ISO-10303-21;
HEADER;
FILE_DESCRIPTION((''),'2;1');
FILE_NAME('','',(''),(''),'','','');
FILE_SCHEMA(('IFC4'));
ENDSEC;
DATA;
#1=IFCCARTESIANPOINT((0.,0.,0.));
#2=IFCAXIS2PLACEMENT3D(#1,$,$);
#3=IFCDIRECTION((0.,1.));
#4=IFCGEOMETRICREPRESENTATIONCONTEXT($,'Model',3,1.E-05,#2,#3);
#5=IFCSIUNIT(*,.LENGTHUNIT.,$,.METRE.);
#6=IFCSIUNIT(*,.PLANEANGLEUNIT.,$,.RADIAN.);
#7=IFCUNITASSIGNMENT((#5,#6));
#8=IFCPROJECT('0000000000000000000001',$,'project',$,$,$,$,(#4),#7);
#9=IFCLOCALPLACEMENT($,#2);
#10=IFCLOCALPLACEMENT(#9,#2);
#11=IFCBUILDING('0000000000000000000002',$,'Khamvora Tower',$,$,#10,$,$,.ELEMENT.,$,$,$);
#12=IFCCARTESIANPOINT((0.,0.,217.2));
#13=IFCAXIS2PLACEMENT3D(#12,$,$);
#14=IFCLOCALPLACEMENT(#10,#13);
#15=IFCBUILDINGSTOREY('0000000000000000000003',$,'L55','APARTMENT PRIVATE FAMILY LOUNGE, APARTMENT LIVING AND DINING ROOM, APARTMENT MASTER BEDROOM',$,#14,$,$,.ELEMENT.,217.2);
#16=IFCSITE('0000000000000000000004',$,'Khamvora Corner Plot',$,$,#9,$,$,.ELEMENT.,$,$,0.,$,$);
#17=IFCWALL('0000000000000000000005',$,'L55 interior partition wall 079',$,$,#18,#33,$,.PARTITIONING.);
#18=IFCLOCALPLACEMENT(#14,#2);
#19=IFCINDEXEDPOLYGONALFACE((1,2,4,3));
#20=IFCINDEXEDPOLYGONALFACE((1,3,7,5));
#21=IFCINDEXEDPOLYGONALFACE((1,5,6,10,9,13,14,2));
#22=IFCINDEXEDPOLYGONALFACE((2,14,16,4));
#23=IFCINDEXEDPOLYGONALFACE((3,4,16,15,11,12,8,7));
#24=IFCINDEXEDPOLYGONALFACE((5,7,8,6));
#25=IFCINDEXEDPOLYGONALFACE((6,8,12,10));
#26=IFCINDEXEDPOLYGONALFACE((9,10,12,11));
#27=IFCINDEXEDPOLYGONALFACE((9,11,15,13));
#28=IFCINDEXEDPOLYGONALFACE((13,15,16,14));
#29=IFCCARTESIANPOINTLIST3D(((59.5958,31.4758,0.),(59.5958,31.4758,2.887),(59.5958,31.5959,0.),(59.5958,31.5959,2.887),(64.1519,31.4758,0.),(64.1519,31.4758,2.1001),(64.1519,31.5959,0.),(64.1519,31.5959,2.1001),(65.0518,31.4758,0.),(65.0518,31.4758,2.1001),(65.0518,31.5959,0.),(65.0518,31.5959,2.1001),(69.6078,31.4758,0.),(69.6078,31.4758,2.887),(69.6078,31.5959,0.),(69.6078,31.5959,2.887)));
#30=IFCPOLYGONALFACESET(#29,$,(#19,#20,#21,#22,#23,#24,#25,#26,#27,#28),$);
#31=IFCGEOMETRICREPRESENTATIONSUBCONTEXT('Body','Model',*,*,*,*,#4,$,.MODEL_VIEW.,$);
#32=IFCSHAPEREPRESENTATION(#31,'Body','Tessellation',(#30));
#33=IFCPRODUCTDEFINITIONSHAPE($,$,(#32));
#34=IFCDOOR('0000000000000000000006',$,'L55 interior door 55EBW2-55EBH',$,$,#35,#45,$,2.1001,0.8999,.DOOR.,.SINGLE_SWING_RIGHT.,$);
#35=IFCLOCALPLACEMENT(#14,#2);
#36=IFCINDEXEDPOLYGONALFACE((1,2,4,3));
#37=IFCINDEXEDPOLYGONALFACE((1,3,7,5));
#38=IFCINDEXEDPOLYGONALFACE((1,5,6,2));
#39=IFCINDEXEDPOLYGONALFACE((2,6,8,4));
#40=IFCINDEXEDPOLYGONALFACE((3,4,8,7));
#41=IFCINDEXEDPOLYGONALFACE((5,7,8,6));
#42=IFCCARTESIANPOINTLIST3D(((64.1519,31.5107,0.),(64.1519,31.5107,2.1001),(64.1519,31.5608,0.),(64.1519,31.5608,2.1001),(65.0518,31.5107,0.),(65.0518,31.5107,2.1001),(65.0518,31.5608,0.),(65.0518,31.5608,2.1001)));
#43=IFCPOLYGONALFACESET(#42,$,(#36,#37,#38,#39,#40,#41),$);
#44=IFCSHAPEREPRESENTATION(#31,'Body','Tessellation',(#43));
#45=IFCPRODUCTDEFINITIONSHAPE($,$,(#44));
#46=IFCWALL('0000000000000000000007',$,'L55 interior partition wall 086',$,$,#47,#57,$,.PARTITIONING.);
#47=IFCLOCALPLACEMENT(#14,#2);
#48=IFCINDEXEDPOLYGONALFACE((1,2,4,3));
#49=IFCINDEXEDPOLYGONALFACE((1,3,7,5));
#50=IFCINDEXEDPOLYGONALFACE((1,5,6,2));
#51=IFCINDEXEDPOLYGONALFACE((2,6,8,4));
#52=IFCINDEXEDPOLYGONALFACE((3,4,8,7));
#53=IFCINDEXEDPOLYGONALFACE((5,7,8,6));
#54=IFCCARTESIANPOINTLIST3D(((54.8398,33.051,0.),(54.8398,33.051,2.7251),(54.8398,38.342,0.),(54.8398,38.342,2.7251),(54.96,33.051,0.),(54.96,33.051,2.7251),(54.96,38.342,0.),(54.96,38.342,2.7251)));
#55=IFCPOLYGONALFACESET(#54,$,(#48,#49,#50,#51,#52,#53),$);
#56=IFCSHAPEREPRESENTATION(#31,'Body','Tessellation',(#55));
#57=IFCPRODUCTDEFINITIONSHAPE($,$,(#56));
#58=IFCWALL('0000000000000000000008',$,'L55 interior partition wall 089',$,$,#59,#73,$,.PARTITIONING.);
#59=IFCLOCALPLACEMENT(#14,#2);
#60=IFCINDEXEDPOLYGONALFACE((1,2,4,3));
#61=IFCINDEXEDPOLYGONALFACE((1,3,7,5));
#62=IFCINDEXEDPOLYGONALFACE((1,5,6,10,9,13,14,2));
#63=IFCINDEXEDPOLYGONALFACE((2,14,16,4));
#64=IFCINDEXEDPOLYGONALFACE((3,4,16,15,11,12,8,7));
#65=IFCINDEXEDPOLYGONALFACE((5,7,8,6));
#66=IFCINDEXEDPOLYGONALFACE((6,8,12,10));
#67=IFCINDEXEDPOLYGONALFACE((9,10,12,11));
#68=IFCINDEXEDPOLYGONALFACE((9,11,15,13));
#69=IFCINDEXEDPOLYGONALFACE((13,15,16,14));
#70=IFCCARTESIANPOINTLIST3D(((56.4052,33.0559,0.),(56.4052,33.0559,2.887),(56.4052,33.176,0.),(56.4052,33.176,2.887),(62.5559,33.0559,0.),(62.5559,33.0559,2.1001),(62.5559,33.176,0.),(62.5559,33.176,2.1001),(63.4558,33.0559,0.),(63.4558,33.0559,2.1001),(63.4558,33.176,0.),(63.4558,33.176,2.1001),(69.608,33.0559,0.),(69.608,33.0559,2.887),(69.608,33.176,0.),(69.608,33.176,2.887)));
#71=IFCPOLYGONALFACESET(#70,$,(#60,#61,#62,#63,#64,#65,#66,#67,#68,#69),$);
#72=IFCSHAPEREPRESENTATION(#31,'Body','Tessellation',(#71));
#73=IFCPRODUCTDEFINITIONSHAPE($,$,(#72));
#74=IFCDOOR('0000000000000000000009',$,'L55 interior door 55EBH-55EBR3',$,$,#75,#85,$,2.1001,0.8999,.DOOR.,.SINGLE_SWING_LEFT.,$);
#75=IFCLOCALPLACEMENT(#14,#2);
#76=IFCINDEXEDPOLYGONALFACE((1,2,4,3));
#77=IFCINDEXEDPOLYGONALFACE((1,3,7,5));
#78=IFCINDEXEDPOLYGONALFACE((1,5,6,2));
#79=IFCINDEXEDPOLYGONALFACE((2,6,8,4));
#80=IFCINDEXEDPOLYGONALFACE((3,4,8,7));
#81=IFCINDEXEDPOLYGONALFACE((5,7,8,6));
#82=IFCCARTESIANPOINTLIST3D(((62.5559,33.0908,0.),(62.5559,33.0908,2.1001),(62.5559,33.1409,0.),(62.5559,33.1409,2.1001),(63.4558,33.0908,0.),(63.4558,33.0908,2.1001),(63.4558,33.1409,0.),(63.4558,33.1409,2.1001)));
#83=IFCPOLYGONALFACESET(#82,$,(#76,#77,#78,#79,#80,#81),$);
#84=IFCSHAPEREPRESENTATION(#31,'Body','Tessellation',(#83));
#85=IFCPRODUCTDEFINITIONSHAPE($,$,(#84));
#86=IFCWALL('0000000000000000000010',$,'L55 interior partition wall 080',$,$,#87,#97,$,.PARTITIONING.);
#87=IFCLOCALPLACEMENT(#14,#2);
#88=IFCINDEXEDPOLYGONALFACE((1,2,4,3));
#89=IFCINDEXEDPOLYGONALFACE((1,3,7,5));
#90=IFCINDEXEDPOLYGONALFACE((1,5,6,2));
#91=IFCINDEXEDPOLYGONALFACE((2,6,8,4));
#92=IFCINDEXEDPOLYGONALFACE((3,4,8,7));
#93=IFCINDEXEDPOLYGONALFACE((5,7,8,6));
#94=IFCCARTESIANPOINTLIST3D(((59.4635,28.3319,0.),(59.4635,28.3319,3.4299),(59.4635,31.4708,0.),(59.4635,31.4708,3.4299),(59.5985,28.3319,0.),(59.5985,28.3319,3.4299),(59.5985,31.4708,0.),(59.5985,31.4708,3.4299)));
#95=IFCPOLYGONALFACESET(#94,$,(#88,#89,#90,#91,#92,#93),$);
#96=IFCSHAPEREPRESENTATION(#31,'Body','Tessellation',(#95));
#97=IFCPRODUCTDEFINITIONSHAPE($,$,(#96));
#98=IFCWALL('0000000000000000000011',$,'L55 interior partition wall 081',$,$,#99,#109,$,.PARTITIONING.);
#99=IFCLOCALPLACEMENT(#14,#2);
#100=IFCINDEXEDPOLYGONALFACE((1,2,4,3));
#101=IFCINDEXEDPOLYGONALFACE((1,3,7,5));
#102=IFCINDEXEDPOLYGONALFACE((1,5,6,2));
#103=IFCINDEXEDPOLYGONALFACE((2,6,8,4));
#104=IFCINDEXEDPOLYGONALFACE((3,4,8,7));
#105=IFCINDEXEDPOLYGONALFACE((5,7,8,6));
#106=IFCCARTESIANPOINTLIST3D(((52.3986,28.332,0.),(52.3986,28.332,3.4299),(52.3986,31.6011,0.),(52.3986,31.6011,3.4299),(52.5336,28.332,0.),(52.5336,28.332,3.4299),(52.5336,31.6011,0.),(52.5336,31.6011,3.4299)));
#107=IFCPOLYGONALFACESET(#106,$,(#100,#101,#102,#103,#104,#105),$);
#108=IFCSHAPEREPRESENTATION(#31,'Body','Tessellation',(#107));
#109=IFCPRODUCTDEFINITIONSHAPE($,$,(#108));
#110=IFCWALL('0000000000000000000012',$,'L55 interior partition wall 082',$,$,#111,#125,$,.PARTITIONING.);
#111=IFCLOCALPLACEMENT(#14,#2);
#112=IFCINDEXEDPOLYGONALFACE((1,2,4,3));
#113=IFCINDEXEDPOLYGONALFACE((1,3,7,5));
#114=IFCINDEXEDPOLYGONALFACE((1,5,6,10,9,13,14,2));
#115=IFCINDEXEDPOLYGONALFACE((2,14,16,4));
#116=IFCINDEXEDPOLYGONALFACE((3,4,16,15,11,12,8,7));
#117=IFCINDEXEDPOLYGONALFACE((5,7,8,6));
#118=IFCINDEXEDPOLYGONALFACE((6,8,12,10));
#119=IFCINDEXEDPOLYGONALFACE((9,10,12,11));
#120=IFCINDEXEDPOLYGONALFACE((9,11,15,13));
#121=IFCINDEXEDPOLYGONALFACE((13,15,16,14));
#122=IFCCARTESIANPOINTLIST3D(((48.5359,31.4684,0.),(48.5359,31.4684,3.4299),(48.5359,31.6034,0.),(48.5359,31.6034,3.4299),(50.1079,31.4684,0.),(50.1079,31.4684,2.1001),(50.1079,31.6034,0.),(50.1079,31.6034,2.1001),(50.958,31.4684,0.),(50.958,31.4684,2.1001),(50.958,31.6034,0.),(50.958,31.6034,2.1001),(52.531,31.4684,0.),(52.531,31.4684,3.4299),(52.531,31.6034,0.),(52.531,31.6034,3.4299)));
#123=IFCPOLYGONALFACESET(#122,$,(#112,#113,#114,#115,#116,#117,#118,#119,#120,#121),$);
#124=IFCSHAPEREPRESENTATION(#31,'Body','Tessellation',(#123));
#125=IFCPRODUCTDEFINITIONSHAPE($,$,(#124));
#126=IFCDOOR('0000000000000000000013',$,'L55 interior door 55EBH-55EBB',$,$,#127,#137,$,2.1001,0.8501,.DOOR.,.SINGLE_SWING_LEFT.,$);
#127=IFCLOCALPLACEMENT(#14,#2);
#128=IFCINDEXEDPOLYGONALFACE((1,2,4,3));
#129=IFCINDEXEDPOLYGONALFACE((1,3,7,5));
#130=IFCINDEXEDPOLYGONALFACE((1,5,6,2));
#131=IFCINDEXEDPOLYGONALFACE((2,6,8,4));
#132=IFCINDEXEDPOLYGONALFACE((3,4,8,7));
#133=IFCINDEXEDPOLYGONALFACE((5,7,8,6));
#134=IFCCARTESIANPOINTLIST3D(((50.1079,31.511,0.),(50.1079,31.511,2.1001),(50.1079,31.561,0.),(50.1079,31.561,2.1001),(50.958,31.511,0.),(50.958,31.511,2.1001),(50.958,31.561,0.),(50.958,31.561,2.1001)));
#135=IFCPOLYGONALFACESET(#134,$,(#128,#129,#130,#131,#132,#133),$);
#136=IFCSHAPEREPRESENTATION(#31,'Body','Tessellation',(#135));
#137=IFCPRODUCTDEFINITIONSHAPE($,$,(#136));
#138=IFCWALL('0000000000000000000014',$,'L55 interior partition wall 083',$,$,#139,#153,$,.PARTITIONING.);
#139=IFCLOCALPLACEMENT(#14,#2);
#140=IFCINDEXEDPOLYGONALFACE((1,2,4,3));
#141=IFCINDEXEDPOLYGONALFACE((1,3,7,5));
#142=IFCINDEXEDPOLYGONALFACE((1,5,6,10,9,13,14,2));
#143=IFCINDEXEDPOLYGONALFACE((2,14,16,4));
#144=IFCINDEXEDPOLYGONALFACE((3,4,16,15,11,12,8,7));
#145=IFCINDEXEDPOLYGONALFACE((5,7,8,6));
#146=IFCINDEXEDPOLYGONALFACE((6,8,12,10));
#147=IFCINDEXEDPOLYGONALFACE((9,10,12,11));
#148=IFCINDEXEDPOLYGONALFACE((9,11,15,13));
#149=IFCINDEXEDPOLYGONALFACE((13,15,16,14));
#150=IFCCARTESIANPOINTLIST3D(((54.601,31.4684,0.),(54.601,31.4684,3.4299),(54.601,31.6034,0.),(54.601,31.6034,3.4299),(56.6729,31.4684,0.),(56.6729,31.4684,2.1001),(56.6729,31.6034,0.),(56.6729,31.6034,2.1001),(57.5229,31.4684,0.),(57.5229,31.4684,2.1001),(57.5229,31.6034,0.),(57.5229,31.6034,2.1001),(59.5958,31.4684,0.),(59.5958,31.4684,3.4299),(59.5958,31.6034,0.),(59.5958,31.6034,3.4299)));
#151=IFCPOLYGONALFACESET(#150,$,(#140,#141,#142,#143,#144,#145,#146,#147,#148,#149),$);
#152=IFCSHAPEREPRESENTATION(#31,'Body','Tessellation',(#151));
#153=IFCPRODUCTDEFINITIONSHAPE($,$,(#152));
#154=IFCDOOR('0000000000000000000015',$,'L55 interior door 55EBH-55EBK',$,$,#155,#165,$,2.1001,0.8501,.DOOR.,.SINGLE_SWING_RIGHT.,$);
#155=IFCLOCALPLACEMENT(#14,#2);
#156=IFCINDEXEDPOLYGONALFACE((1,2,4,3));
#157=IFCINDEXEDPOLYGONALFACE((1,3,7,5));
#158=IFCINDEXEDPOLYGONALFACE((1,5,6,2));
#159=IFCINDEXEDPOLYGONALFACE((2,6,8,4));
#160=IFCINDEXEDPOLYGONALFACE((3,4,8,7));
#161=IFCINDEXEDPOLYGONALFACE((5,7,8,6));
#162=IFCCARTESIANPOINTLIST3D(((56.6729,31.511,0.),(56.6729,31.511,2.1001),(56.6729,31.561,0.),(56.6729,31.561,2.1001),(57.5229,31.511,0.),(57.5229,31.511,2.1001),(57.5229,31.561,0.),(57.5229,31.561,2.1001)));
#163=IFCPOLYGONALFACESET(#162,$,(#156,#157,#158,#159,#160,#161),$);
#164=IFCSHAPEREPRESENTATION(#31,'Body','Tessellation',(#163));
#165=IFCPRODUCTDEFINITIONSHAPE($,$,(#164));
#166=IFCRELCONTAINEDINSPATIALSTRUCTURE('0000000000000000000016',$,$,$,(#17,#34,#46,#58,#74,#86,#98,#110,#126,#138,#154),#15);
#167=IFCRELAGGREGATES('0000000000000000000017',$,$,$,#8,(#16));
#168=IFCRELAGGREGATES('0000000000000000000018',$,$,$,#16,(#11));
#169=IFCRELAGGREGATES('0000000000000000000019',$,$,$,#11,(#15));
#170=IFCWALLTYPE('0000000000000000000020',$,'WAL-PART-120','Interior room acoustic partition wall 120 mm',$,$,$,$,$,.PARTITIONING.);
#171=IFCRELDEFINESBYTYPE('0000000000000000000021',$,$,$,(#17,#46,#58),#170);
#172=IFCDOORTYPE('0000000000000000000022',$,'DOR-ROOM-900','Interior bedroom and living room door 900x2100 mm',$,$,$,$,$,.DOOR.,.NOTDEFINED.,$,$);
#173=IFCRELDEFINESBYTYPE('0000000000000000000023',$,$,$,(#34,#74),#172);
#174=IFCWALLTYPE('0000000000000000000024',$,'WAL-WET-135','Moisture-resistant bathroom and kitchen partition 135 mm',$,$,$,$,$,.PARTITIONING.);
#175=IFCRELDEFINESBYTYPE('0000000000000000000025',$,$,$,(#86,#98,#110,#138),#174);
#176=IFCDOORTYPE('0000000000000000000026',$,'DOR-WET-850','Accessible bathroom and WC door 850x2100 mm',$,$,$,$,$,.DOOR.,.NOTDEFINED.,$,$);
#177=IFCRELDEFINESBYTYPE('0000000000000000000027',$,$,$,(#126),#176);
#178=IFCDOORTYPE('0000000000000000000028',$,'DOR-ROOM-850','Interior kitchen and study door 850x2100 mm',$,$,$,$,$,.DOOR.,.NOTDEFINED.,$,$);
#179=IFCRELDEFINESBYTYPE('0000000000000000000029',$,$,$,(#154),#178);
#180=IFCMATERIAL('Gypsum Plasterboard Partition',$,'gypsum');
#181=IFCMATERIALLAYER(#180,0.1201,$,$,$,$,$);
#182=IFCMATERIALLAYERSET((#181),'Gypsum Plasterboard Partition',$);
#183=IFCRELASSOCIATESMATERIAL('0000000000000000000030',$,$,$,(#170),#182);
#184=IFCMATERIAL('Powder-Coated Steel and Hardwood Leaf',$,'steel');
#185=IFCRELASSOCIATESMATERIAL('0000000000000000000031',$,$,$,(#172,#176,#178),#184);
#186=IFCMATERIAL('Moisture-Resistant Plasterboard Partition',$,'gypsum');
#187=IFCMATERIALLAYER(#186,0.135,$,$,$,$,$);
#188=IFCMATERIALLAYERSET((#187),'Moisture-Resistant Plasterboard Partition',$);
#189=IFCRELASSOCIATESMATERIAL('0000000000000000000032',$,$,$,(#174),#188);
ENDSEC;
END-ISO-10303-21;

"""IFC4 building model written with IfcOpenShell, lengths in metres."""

from ifc_helpers import new_model, si_unit, direction, frame, frame_2d, origin, place, context, subcontext, project, spatial, rectangle, extrude, material, layer, layer_set, type_object, element, fill, save


model = new_model("IFC4")

# Units and contexts
model_context = context("Model", 3, precision=1e-05, world=origin(), true_north=direction((0.0, 1.0)))
body_context = subcontext(model_context, "Body", "Model", "MODEL_VIEW")
ifc_project = project(units=[si_unit("LENGTHUNIT", "METRE"), si_unit("PLANEANGLEUNIT", "RADIAN")], contexts=[model_context])

# Site, building, storey
site_placement = place(None, origin())
site = spatial("IfcSite", under=ifc_project, at=site_placement, Name="Khamvora Corner Plot", CompositionType="ELEMENT", RefElevation=0.0)
building_placement = place(site_placement, origin())
building = spatial("IfcBuilding", under=site, at=building_placement, Name="Khamvora Tower", CompositionType="ELEMENT")
storey_placement = place(building_placement, frame((0.0, 0.0, 217.2)))
storey = spatial("IfcBuildingStorey", under=building, at=storey_placement, Name="L55", Description="APARTMENT PRIVATE FAMILY LOUNGE, APARTMENT LIVING AND DINING ROOM, APARTMENT MASTER BEDROOM", CompositionType="ELEMENT", Elevation=217.2)

# Shared definitions
ifc_material_1 = material(Name="Powder-Coated Steel and Hardwood Leaf", Category="steel")

# Wall, opening, door
ifc_material_2 = material(Name="Gypsum Plasterboard Partition", Category="gypsum")
ifc_layer_1 = layer(ifc_material_2, 0.1201)
ifc_layer_set_1 = layer_set([ifc_layer_1], Name="Gypsum Plasterboard Partition")
wall_type_1 = type_object("IfcWallType", Name="WAL-PART-120", Description="Interior room acoustic partition wall 120 mm", PredefinedType="PARTITIONING", material=ifc_layer_set_1)
wall_1_placement = place(storey_placement, frame((59.5959, 31.5359, 0.0), z_axis=(0.0, 0.0, 1.0), x_axis=(1.0, 0.0, 0.0)))
wall_1 = element("IfcWall", 1, at=wall_1_placement, inside=storey, type_object=wall_type_1, Name="L55 interior partition wall 079", PredefinedType="PARTITIONING", context=body_context, shape_type="SweptSolid", body=[
    extrude(rectangle(XDim=10.012, YDim=0.1201, at=frame_2d((5.0059, 0.0))), origin(), (0.0, 0.0, 1.0), 2.887),
])
opening_1_placement = place(wall_1_placement, frame((4.5559, 0.0, 0.0)))
opening_1 = element("IfcOpeningElement", 2, at=opening_1_placement, cuts=wall_1, PredefinedType="OPENING", context=body_context, shape_type="SweptSolid", body=[
    extrude(rectangle(XDim=0.8999, YDim=2.1001, at=frame_2d((0.45, 1.05))), frame((0.0, 0.0701, 0.0), z_axis=(0.0, -1.0, 0.0), x_axis=(1.0, 0.0, 0.0)), (0.0, 0.0, 1.0), 0.1401),
])
door_type_1 = type_object("IfcDoorType", Name="DOR-ROOM-900", Description="Interior bedroom and living room door 900x2100 mm", OperationType="NOTDEFINED", PredefinedType="DOOR", material=ifc_material_1)
door_1_placement = place(opening_1_placement, origin())
door_1 = element("IfcDoor", 3, at=door_1_placement, inside=storey, type_object=door_type_1, Name="L55 interior door 55EBW2-55EBH", OperationType="SINGLE_SWING_RIGHT", OverallHeight=2.1001, OverallWidth=0.8999, PredefinedType="DOOR", context=body_context, shape_type="SweptSolid", body=[
    extrude(rectangle(XDim=0.8999, YDim=2.1001, at=frame_2d((0.45, 1.05))), frame((0.0, 0.0249, 0.0), z_axis=(0.0, -1.0, 0.0), x_axis=(1.0, 0.0, 0.0)), (0.0, 0.0, 1.0), 0.05),
])
fill(opening_1, door_1)

# Wall
wall_2_placement = place(storey_placement, frame((54.8999, 33.051, 0.0), z_axis=(0.0, 0.0, 1.0), x_axis=(0.0, 1.0, 0.0)))
element("IfcWall", 4, at=wall_2_placement, inside=storey, type_object=wall_type_1, Name="L55 interior partition wall 086", PredefinedType="PARTITIONING", context=body_context, shape_type="SweptSolid", body=[
    extrude(rectangle(XDim=5.291, YDim=0.1201, at=frame_2d((2.6455, 0.0))), origin(), (0.0, 0.0, 1.0), 2.7251),
])

# Wall, opening, door
wall_3_placement = place(storey_placement, frame((56.405, 33.116, 0.0), z_axis=(0.0, 0.0, 1.0), x_axis=(1.0, 0.0, 0.0)))
wall_3 = element("IfcWall", 5, at=wall_3_placement, inside=storey, type_object=wall_type_1, Name="L55 interior partition wall 089", PredefinedType="PARTITIONING", context=body_context, shape_type="SweptSolid", body=[
    extrude(rectangle(XDim=13.2029, YDim=0.1201, at=frame_2d((6.6016, 0.0))), origin(), (0.0, 0.0, 1.0), 2.887),
])
opening_2_placement = place(wall_3_placement, frame((6.1509, 0.0, 0.0)))
opening_2 = element("IfcOpeningElement", 6, at=opening_2_placement, cuts=wall_3, PredefinedType="OPENING", context=body_context, shape_type="SweptSolid", body=[
    extrude(rectangle(XDim=0.8999, YDim=2.1001, at=frame_2d((0.45, 1.05))), frame((0.0, 0.0701, 0.0), z_axis=(0.0, -1.0, 0.0), x_axis=(1.0, 0.0, 0.0)), (0.0, 0.0, 1.0), 0.1401),
])
door_2_placement = place(opening_2_placement, origin())
door_2 = element("IfcDoor", 7, at=door_2_placement, inside=storey, type_object=door_type_1, Name="L55 interior door 55EBH-55EBR3", OperationType="SINGLE_SWING_LEFT", OverallHeight=2.1001, OverallWidth=0.8999, PredefinedType="DOOR", context=body_context, shape_type="SweptSolid", body=[
    extrude(rectangle(XDim=0.8999, YDim=2.1001, at=frame_2d((0.45, 1.05))), frame((0.0, 0.0249, 0.0), z_axis=(0.0, -1.0, 0.0), x_axis=(1.0, 0.0, 0.0)), (0.0, 0.0, 1.0), 0.05),
])
fill(opening_2, door_2)

# Walls
ifc_material_3 = material(Name="Moisture-Resistant Plasterboard Partition", Category="gypsum")
ifc_layer_2 = layer(ifc_material_3, 0.135)
ifc_layer_set_2 = layer_set([ifc_layer_2], Name="Moisture-Resistant Plasterboard Partition")
wall_type_2 = type_object("IfcWallType", Name="WAL-WET-135", Description="Moisture-resistant bathroom and kitchen partition 135 mm", PredefinedType="PARTITIONING", material=ifc_layer_set_2)
wall_4_placement = place(storey_placement, frame((59.531, 28.332, 0.0), z_axis=(0.0, 0.0, 1.0), x_axis=(0.0, 1.0, 0.0)))
element("IfcWall", 8, at=wall_4_placement, inside=storey, type_object=wall_type_2, Name="L55 interior partition wall 080", PredefinedType="PARTITIONING", context=body_context, shape_type="SweptSolid", body=[
    extrude(rectangle(XDim=3.1389, YDim=0.135, at=frame_2d((1.5693, 0.0))), origin(), (0.0, 0.0, 1.0), 3.4299),
])
wall_5_placement = place(storey_placement, frame((52.4661, 28.332, 0.0), z_axis=(0.0, 0.0, 1.0), x_axis=(0.0, 1.0, 0.0)))
element("IfcWall", 9, at=wall_5_placement, inside=storey, type_object=wall_type_2, Name="L55 interior partition wall 081", PredefinedType="PARTITIONING", context=body_context, shape_type="SweptSolid", body=[
    extrude(rectangle(XDim=3.269, YDim=0.135, at=frame_2d((1.6345, 0.0))), origin(), (0.0, 0.0, 1.0), 3.4299),
])

# Walls, openings, doors
wall_6_placement = place(storey_placement, frame((52.531, 31.5359, 0.0), z_axis=(0.0, 0.0, 1.0), x_axis=(-1.0, 0.0, 0.0)))
wall_6 = element("IfcWall", 10, at=wall_6_placement, inside=storey, type_object=wall_type_2, Name="L55 interior partition wall 082", PredefinedType="PARTITIONING", context=body_context, shape_type="SweptSolid", body=[
    extrude(rectangle(XDim=3.9951, YDim=0.135, at=frame_2d((1.9976, 0.0))), origin(), (0.0, 0.0, 1.0), 3.4299),
])
opening_3_placement = place(wall_6_placement, frame((1.573, 0.0, 0.0)))
opening_3 = element("IfcOpeningElement", 11, at=opening_3_placement, cuts=wall_6, PredefinedType="OPENING", context=body_context, shape_type="SweptSolid", body=[
    extrude(rectangle(XDim=0.8501, YDim=2.1001, at=frame_2d((0.425, 1.05))), frame((0.0, 0.0774, 0.0), z_axis=(0.0, -1.0, 0.0), x_axis=(1.0, 0.0, 0.0)), (0.0, 0.0, 1.0), 0.155),
])
door_type_2 = type_object("IfcDoorType", Name="DOR-WET-850", Description="Accessible bathroom and WC door 850x2100 mm", OperationType="NOTDEFINED", PredefinedType="DOOR", material=ifc_material_1)
door_3_placement = place(opening_3_placement, origin())
door_3 = element("IfcDoor", 12, at=door_3_placement, inside=storey, type_object=door_type_2, Name="L55 interior door 55EBH-55EBB", OperationType="SINGLE_SWING_LEFT", OverallHeight=2.1001, OverallWidth=0.8501, PredefinedType="DOOR", context=body_context, shape_type="SweptSolid", body=[
    extrude(rectangle(XDim=0.8501, YDim=2.1001, at=frame_2d((0.425, 1.05))), frame((0.0, 0.0249, 0.0), z_axis=(0.0, -1.0, 0.0), x_axis=(1.0, 0.0, 0.0)), (0.0, 0.0, 1.0), 0.05),
])
fill(opening_3, door_3)
wall_7_placement = place(storey_placement, frame((59.5959, 31.5359, 0.0), z_axis=(0.0, 0.0, 1.0), x_axis=(-1.0, 0.0, 0.0)))
wall_7 = element("IfcWall", 13, at=wall_7_placement, inside=storey, type_object=wall_type_2, Name="L55 interior partition wall 083", PredefinedType="PARTITIONING", context=body_context, shape_type="SweptSolid", body=[
    extrude(rectangle(XDim=4.9949, YDim=0.135, at=frame_2d((2.4976, 0.0))), origin(), (0.0, 0.0, 1.0), 3.4299),
])
opening_4_placement = place(wall_7_placement, frame((2.073, 0.0, 0.0)))
opening_4 = element("IfcOpeningElement", 14, at=opening_4_placement, cuts=wall_7, PredefinedType="OPENING", context=body_context, shape_type="SweptSolid", body=[
    extrude(rectangle(XDim=0.8501, YDim=2.1001, at=frame_2d((0.425, 1.05))), frame((0.0, 0.0774, 0.0), z_axis=(0.0, -1.0, 0.0), x_axis=(1.0, 0.0, 0.0)), (0.0, 0.0, 1.0), 0.155),
])
door_type_3 = type_object("IfcDoorType", Name="DOR-ROOM-850", Description="Interior kitchen and study door 850x2100 mm", OperationType="NOTDEFINED", PredefinedType="DOOR", material=ifc_material_1)
door_4_placement = place(opening_4_placement, origin())
door_4 = element("IfcDoor", 15, at=door_4_placement, inside=storey, type_object=door_type_3, Name="L55 interior door 55EBH-55EBK", OperationType="SINGLE_SWING_RIGHT", OverallHeight=2.1001, OverallWidth=0.8501, PredefinedType="DOOR", context=body_context, shape_type="SweptSolid", body=[
    extrude(rectangle(XDim=0.8501, YDim=2.1001, at=frame_2d((0.425, 1.05))), frame((0.0, 0.0249, 0.0), z_axis=(0.0, -1.0, 0.0), x_axis=(1.0, 0.0, 0.0)), (0.0, 0.0, 1.0), 0.05),
])
fill(opening_4, door_4)

save(model, "model.ifc")
